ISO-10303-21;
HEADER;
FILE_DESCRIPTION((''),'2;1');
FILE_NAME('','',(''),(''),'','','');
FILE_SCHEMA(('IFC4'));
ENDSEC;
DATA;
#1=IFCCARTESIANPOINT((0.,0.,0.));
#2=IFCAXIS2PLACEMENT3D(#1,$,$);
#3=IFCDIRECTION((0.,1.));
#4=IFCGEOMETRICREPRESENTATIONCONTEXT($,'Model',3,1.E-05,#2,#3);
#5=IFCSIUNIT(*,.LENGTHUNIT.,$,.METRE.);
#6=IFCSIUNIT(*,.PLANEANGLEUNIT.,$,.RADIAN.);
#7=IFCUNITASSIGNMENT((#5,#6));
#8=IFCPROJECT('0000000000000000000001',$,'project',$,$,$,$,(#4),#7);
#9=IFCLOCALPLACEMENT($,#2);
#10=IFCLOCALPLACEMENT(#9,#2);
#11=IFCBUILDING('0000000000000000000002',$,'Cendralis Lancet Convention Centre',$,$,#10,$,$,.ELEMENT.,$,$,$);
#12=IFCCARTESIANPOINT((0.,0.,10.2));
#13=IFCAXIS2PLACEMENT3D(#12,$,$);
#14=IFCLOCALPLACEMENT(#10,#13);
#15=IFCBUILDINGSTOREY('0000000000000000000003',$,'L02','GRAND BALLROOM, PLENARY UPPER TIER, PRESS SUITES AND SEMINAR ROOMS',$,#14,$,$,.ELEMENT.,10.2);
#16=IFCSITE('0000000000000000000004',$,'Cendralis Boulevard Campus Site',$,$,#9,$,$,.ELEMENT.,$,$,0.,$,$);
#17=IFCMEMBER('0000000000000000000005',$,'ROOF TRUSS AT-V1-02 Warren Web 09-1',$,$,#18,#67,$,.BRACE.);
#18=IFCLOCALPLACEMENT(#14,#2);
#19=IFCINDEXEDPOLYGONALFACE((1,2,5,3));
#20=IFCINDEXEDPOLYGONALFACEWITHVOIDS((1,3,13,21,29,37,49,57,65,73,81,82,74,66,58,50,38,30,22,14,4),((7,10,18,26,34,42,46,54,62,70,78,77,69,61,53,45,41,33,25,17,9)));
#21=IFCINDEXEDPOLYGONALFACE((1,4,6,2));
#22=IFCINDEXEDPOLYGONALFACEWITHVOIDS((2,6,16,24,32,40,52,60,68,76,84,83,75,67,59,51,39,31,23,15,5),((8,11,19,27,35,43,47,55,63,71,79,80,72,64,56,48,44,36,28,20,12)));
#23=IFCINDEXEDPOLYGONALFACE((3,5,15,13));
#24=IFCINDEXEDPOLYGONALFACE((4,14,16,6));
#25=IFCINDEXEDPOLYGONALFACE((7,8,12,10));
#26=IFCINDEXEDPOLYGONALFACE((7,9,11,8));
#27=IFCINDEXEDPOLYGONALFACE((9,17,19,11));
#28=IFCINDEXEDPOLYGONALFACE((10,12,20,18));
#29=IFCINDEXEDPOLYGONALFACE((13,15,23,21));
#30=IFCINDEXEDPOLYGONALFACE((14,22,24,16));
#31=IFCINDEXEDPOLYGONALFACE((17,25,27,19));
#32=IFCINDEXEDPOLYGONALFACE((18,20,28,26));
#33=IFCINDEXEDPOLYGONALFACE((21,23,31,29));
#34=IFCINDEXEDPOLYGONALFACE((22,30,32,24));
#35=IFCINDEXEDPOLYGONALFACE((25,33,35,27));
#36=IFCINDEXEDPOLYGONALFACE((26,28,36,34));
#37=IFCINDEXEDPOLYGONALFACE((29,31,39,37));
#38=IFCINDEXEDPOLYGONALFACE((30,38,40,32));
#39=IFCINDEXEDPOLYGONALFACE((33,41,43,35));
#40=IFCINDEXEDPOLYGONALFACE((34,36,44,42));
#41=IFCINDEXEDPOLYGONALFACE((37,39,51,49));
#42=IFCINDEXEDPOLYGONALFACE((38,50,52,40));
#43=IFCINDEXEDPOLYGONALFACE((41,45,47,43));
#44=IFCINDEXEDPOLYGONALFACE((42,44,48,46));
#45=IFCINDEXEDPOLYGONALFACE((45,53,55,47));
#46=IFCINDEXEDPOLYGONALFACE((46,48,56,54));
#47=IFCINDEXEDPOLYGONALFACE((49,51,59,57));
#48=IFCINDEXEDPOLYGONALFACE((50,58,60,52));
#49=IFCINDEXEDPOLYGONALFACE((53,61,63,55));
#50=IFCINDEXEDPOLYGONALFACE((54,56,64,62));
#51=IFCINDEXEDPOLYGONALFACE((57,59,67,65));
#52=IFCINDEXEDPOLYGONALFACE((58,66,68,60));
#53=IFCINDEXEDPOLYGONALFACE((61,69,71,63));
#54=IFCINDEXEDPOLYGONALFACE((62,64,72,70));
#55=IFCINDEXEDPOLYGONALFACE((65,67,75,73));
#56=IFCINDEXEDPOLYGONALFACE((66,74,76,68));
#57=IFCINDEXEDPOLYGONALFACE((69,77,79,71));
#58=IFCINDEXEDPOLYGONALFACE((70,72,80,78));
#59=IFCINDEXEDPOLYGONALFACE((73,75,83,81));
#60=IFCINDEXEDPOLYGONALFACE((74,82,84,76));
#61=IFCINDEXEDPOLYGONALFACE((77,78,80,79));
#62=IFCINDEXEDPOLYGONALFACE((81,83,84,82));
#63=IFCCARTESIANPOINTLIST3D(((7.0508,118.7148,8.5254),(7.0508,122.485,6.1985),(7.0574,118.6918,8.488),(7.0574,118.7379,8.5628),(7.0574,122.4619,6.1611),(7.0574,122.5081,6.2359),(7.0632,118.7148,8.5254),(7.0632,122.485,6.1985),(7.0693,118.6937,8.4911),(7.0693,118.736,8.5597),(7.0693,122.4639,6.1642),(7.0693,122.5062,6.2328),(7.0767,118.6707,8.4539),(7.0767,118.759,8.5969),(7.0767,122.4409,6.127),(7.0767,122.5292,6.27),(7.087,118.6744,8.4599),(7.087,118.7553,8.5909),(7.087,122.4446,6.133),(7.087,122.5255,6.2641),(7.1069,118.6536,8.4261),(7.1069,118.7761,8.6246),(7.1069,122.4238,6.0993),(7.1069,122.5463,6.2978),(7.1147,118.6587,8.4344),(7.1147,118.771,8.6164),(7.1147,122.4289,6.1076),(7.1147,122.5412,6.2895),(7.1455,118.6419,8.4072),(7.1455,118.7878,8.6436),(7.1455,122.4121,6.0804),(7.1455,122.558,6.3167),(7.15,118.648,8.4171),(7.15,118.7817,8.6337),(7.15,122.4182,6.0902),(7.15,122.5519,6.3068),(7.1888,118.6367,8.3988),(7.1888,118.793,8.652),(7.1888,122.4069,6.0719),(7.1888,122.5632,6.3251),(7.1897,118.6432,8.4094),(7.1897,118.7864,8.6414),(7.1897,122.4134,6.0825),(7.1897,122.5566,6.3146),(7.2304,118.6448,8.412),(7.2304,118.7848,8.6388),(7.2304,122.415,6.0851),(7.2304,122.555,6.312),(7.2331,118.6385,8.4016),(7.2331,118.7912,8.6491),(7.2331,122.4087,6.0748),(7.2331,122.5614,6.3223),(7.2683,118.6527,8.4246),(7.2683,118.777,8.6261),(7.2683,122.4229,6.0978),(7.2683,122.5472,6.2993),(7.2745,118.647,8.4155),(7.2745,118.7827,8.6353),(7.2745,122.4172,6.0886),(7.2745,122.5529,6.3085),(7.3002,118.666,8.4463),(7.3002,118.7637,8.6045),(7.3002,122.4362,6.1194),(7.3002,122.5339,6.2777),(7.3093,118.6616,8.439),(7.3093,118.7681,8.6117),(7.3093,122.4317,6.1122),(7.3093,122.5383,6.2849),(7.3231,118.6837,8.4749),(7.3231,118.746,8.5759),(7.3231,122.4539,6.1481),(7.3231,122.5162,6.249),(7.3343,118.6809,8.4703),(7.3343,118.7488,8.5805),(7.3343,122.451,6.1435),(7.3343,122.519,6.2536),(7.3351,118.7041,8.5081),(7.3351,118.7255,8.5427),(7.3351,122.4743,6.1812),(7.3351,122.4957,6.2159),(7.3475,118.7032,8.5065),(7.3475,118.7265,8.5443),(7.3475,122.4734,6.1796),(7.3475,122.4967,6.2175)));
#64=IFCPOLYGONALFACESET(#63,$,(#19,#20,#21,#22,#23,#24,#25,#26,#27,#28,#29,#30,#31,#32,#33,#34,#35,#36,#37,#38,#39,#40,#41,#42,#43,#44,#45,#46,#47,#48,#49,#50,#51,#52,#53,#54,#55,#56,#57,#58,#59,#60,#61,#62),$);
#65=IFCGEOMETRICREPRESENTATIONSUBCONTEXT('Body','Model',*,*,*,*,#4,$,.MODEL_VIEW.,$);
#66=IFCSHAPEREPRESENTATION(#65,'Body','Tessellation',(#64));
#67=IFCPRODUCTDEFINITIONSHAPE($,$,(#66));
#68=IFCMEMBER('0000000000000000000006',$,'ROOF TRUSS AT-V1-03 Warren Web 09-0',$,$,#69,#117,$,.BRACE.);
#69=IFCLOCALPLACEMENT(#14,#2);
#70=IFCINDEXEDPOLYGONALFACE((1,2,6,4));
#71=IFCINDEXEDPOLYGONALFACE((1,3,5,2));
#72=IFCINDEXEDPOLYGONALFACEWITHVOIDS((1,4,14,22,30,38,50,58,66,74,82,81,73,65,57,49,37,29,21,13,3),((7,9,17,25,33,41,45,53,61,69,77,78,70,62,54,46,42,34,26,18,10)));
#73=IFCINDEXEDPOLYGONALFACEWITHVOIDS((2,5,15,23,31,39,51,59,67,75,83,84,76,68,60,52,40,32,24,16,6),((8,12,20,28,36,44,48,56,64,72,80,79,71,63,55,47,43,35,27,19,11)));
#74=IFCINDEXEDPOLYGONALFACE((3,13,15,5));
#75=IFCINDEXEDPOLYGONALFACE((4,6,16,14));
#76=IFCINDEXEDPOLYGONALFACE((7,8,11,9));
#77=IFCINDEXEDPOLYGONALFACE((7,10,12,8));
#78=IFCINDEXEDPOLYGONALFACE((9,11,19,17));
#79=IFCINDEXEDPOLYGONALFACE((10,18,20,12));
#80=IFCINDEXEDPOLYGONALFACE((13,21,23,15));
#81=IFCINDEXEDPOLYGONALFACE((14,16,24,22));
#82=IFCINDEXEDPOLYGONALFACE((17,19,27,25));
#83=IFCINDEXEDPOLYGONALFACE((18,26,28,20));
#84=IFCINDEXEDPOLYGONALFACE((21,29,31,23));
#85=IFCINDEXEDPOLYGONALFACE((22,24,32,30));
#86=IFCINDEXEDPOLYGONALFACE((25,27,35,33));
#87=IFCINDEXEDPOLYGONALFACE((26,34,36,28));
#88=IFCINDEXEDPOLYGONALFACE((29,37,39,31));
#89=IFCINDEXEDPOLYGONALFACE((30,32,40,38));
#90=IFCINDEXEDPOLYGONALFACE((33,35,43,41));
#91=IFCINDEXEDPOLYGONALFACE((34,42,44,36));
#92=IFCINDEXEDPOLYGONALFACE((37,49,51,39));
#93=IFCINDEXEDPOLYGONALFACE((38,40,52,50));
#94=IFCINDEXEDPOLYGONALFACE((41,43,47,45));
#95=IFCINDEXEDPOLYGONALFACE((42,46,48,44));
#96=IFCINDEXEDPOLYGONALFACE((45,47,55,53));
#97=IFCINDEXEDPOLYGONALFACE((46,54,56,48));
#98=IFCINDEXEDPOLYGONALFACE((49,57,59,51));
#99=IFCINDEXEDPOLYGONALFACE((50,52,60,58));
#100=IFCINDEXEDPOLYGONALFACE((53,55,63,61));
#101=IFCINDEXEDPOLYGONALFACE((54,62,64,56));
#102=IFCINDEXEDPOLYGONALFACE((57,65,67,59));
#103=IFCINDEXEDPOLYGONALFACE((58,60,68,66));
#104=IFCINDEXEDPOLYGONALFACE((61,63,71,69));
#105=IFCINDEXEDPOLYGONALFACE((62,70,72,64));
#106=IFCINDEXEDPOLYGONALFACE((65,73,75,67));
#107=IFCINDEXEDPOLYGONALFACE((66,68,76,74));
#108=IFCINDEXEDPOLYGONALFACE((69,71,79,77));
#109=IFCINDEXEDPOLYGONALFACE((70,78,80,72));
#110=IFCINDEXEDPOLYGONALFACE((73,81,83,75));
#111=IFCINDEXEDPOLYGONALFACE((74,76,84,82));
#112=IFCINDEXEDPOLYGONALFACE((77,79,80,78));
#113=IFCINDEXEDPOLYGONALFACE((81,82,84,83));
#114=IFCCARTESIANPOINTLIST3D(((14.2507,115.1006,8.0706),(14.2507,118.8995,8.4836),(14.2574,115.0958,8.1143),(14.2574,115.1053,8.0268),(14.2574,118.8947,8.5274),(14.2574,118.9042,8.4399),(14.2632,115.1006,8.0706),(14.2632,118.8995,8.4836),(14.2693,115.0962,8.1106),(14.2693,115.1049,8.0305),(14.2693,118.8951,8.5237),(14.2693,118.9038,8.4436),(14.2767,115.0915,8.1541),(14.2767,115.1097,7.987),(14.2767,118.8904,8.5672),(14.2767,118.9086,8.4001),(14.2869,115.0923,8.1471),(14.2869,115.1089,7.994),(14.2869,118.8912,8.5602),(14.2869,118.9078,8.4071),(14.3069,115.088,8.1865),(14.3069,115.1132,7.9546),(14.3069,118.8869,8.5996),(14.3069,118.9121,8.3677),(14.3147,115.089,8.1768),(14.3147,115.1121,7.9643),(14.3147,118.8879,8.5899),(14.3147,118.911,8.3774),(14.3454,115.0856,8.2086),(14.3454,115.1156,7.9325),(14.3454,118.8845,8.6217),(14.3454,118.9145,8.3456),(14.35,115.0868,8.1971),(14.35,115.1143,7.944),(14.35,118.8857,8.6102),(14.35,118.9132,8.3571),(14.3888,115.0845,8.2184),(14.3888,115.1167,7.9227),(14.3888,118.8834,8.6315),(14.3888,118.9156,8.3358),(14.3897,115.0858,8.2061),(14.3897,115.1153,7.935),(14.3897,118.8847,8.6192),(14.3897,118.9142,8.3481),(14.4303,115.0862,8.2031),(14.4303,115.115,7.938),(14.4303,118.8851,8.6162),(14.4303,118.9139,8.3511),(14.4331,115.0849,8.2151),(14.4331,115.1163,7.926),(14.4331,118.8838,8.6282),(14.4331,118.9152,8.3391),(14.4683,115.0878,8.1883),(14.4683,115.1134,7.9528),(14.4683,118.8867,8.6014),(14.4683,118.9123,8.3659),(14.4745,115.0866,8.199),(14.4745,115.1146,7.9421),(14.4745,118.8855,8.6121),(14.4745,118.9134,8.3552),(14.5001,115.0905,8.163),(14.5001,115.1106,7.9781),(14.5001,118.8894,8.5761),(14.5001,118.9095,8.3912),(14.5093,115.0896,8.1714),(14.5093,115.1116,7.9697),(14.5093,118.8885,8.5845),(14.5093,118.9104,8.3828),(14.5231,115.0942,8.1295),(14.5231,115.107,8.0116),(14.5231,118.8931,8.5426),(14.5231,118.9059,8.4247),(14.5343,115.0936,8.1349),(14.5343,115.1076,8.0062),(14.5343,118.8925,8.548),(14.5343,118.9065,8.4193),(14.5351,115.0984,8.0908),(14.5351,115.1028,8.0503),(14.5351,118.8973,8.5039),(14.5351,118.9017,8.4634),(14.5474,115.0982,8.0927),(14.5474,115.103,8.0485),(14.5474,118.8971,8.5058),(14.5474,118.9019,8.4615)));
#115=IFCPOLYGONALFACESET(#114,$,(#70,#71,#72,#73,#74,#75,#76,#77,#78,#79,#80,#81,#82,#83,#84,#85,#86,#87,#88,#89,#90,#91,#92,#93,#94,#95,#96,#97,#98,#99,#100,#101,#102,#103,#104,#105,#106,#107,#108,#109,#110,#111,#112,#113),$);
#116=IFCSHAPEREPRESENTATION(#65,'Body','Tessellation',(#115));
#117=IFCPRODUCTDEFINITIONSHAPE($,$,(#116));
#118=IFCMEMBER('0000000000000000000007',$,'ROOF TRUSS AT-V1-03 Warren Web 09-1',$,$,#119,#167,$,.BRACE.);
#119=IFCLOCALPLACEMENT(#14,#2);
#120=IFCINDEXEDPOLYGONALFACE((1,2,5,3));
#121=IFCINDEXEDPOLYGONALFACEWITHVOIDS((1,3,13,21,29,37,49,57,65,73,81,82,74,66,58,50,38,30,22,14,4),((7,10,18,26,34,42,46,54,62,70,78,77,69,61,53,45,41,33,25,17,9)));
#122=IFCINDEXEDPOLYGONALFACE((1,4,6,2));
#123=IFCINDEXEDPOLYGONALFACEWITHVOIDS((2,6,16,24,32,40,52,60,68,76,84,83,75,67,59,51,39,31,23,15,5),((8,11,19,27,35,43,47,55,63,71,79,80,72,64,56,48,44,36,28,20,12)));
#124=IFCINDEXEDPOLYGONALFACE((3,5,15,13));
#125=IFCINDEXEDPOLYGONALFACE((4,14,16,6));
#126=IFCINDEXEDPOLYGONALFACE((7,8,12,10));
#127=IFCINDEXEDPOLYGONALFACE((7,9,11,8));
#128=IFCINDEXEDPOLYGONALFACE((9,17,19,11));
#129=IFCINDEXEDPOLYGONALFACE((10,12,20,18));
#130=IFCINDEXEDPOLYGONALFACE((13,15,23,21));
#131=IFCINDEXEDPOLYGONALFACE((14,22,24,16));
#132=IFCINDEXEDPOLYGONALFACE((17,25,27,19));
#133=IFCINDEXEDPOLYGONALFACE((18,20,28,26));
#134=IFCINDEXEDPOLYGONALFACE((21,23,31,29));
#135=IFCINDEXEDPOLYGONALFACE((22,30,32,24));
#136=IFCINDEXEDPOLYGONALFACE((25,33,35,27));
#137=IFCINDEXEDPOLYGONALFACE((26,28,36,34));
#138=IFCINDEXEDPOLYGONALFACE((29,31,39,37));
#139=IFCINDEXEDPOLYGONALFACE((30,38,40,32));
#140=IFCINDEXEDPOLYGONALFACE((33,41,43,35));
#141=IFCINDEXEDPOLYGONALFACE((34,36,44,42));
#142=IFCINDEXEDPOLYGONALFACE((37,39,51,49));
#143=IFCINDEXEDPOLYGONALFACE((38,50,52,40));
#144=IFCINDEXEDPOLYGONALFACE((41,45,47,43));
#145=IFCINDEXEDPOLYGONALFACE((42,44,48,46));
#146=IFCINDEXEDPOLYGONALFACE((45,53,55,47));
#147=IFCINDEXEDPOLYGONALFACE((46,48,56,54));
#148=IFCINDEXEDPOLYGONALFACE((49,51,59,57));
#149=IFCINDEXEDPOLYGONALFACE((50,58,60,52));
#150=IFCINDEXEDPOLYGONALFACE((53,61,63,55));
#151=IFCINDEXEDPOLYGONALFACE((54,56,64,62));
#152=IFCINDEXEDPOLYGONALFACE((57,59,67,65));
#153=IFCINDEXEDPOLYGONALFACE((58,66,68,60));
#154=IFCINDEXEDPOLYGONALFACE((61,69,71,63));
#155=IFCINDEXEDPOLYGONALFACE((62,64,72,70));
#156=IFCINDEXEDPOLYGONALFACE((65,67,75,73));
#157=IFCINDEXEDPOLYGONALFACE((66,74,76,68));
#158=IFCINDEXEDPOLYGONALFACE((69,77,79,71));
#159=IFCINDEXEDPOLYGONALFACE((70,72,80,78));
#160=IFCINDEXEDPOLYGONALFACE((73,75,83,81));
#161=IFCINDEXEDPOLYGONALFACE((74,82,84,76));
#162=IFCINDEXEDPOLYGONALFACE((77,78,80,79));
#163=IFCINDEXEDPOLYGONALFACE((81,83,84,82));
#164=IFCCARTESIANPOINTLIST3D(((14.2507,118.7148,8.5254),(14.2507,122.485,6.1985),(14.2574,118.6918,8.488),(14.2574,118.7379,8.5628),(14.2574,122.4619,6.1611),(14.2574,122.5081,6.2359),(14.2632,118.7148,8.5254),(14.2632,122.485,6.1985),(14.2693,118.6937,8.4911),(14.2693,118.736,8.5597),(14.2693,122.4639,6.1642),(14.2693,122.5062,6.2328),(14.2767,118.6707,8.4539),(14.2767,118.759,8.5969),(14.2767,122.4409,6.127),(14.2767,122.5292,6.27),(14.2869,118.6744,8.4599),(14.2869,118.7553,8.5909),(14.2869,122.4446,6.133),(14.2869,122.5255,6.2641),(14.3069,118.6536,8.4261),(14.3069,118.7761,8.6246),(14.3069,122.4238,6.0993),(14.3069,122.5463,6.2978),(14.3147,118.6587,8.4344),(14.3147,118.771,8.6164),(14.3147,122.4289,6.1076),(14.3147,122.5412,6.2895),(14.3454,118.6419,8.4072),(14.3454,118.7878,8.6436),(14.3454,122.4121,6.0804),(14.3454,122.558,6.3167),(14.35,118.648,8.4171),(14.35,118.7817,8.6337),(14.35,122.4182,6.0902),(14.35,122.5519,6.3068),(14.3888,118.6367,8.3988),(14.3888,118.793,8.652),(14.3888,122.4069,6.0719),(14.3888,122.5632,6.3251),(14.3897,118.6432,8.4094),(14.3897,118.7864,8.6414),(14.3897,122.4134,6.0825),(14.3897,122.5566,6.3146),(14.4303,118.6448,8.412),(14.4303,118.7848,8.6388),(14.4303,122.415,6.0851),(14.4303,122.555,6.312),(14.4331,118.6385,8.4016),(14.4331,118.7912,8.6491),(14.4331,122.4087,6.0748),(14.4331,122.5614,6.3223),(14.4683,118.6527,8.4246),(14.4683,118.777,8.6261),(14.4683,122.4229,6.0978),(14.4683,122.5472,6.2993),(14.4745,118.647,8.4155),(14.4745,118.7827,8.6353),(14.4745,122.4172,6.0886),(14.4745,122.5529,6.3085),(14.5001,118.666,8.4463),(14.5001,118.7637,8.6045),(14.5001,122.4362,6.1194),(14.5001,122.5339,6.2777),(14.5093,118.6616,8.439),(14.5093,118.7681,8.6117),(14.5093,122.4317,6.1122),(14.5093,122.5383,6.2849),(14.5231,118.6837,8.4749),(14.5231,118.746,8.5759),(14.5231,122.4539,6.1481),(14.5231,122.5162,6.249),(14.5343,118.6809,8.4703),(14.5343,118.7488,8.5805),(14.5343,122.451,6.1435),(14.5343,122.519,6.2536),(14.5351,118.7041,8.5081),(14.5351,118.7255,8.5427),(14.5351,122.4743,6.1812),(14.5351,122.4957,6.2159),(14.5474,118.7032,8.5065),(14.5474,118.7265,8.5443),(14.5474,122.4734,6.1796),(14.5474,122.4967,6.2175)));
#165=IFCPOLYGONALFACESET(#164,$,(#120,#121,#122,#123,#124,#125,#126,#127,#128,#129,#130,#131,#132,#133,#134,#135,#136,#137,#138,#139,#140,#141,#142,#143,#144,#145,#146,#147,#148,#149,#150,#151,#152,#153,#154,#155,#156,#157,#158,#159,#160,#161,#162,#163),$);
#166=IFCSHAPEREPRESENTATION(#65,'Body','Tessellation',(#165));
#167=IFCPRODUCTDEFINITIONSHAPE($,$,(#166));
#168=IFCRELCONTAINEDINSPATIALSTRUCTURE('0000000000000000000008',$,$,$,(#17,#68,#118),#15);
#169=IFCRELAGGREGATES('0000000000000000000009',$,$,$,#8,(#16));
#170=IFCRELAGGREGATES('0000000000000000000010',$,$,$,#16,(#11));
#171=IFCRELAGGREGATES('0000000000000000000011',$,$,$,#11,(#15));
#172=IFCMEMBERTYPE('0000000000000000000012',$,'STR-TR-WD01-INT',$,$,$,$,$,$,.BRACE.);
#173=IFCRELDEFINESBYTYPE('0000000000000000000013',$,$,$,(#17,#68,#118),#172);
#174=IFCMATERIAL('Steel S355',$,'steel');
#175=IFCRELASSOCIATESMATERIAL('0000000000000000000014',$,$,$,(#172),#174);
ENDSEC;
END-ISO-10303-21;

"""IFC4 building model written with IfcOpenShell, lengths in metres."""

from ifc_helpers import new_model, si_unit, direction, frame, origin, origin_2d, place, context, subcontext, project, spatial, hollow_circle, extrude, material, material_profile, profile_set, type_object, element, save


model = new_model("IFC4")

# Units and contexts
model_context = context("Model", 3, precision=1e-05, world=origin(), true_north=direction((0.0, 1.0)))
body_context = subcontext(model_context, "Body", "Model", "MODEL_VIEW")
ifc_project = project(units=[si_unit("LENGTHUNIT", "METRE"), si_unit("PLANEANGLEUNIT", "RADIAN")], contexts=[model_context])

# Site, building, storey
site_placement = place(None, origin())
site = spatial("IfcSite", under=ifc_project, at=site_placement, Name="Cendralis Boulevard Campus Site", CompositionType="ELEMENT", RefElevation=0.0)
building_placement = place(site_placement, origin())
building = spatial("IfcBuilding", under=site, at=building_placement, Name="Cendralis Lancet Convention Centre", CompositionType="ELEMENT")
storey_placement = place(building_placement, frame((0.0, 0.0, 10.2)))
storey = spatial("IfcBuildingStorey", under=building, at=storey_placement, Name="L02", Description="GRAND BALLROOM, PLENARY UPPER TIER, PRESS SUITES AND SEMINAR ROOMS", CompositionType="ELEMENT", Elevation=10.2)

# Members
ifc_material = material(Name="Steel S355", Category="steel")
ifc_material_profile_1 = material_profile(ifc_material, hollow_circle(Radius=0.1492, WallThickness=0.0125, at=origin_2d()), Name="CHS 298.5x12.5")
ifc_profile_set_1 = profile_set([ifc_material_profile_1], Name="Steel S355")
member_type_1 = type_object("IfcMemberType", Name="STR-TR-WD01-INT", PredefinedType="BRACE", material=ifc_profile_set_1)
member_1_placement = place(storey_placement, frame((7.2, 118.7148, 8.5254), z_axis=(0.0, 0.850978, -0.525201), x_axis=(-1.0, 0.0, 0.0)))
element("IfcMember", 1, at=member_1_placement, inside=storey, type_object=member_type_1, Name="ROOF TRUSS AT-V1-02 Warren Web 09-1", PredefinedType="BRACE", context=body_context, shape_type="SweptSolid", body=[
    extrude(hollow_circle(Radius=0.1492, WallThickness=0.0125, at=origin_2d()), origin(), (0.0, 0.0, 1.0), 4.4304),
])
member_2_placement = place(storey_placement, frame((14.3999, 115.1006, 8.0706), z_axis=(0.0, 0.99414, 0.108103), x_axis=(-1.0, 0.0, 0.0)))
element("IfcMember", 2, at=member_2_placement, inside=storey, type_object=member_type_1, Name="ROOF TRUSS AT-V1-03 Warren Web 09-0", PredefinedType="BRACE", context=body_context, shape_type="SweptSolid", body=[
    extrude(hollow_circle(Radius=0.1492, WallThickness=0.0125, at=origin_2d()), origin(), (0.0, 0.0, 1.0), 3.8213),
])
member_3_placement = place(storey_placement, frame((14.3999, 118.7148, 8.5254), z_axis=(0.0, 0.850978, -0.525201), x_axis=(-1.0, 0.0, 0.0)))
element("IfcMember", 3, at=member_3_placement, inside=storey, type_object=member_type_1, Name="ROOF TRUSS AT-V1-03 Warren Web 09-1", PredefinedType="BRACE", context=body_context, shape_type="SweptSolid", body=[
    extrude(hollow_circle(Radius=0.1492, WallThickness=0.0125, at=origin_2d()), origin(), (0.0, 0.0, 1.0), 4.4304),
])

save(model, "model.ifc")
